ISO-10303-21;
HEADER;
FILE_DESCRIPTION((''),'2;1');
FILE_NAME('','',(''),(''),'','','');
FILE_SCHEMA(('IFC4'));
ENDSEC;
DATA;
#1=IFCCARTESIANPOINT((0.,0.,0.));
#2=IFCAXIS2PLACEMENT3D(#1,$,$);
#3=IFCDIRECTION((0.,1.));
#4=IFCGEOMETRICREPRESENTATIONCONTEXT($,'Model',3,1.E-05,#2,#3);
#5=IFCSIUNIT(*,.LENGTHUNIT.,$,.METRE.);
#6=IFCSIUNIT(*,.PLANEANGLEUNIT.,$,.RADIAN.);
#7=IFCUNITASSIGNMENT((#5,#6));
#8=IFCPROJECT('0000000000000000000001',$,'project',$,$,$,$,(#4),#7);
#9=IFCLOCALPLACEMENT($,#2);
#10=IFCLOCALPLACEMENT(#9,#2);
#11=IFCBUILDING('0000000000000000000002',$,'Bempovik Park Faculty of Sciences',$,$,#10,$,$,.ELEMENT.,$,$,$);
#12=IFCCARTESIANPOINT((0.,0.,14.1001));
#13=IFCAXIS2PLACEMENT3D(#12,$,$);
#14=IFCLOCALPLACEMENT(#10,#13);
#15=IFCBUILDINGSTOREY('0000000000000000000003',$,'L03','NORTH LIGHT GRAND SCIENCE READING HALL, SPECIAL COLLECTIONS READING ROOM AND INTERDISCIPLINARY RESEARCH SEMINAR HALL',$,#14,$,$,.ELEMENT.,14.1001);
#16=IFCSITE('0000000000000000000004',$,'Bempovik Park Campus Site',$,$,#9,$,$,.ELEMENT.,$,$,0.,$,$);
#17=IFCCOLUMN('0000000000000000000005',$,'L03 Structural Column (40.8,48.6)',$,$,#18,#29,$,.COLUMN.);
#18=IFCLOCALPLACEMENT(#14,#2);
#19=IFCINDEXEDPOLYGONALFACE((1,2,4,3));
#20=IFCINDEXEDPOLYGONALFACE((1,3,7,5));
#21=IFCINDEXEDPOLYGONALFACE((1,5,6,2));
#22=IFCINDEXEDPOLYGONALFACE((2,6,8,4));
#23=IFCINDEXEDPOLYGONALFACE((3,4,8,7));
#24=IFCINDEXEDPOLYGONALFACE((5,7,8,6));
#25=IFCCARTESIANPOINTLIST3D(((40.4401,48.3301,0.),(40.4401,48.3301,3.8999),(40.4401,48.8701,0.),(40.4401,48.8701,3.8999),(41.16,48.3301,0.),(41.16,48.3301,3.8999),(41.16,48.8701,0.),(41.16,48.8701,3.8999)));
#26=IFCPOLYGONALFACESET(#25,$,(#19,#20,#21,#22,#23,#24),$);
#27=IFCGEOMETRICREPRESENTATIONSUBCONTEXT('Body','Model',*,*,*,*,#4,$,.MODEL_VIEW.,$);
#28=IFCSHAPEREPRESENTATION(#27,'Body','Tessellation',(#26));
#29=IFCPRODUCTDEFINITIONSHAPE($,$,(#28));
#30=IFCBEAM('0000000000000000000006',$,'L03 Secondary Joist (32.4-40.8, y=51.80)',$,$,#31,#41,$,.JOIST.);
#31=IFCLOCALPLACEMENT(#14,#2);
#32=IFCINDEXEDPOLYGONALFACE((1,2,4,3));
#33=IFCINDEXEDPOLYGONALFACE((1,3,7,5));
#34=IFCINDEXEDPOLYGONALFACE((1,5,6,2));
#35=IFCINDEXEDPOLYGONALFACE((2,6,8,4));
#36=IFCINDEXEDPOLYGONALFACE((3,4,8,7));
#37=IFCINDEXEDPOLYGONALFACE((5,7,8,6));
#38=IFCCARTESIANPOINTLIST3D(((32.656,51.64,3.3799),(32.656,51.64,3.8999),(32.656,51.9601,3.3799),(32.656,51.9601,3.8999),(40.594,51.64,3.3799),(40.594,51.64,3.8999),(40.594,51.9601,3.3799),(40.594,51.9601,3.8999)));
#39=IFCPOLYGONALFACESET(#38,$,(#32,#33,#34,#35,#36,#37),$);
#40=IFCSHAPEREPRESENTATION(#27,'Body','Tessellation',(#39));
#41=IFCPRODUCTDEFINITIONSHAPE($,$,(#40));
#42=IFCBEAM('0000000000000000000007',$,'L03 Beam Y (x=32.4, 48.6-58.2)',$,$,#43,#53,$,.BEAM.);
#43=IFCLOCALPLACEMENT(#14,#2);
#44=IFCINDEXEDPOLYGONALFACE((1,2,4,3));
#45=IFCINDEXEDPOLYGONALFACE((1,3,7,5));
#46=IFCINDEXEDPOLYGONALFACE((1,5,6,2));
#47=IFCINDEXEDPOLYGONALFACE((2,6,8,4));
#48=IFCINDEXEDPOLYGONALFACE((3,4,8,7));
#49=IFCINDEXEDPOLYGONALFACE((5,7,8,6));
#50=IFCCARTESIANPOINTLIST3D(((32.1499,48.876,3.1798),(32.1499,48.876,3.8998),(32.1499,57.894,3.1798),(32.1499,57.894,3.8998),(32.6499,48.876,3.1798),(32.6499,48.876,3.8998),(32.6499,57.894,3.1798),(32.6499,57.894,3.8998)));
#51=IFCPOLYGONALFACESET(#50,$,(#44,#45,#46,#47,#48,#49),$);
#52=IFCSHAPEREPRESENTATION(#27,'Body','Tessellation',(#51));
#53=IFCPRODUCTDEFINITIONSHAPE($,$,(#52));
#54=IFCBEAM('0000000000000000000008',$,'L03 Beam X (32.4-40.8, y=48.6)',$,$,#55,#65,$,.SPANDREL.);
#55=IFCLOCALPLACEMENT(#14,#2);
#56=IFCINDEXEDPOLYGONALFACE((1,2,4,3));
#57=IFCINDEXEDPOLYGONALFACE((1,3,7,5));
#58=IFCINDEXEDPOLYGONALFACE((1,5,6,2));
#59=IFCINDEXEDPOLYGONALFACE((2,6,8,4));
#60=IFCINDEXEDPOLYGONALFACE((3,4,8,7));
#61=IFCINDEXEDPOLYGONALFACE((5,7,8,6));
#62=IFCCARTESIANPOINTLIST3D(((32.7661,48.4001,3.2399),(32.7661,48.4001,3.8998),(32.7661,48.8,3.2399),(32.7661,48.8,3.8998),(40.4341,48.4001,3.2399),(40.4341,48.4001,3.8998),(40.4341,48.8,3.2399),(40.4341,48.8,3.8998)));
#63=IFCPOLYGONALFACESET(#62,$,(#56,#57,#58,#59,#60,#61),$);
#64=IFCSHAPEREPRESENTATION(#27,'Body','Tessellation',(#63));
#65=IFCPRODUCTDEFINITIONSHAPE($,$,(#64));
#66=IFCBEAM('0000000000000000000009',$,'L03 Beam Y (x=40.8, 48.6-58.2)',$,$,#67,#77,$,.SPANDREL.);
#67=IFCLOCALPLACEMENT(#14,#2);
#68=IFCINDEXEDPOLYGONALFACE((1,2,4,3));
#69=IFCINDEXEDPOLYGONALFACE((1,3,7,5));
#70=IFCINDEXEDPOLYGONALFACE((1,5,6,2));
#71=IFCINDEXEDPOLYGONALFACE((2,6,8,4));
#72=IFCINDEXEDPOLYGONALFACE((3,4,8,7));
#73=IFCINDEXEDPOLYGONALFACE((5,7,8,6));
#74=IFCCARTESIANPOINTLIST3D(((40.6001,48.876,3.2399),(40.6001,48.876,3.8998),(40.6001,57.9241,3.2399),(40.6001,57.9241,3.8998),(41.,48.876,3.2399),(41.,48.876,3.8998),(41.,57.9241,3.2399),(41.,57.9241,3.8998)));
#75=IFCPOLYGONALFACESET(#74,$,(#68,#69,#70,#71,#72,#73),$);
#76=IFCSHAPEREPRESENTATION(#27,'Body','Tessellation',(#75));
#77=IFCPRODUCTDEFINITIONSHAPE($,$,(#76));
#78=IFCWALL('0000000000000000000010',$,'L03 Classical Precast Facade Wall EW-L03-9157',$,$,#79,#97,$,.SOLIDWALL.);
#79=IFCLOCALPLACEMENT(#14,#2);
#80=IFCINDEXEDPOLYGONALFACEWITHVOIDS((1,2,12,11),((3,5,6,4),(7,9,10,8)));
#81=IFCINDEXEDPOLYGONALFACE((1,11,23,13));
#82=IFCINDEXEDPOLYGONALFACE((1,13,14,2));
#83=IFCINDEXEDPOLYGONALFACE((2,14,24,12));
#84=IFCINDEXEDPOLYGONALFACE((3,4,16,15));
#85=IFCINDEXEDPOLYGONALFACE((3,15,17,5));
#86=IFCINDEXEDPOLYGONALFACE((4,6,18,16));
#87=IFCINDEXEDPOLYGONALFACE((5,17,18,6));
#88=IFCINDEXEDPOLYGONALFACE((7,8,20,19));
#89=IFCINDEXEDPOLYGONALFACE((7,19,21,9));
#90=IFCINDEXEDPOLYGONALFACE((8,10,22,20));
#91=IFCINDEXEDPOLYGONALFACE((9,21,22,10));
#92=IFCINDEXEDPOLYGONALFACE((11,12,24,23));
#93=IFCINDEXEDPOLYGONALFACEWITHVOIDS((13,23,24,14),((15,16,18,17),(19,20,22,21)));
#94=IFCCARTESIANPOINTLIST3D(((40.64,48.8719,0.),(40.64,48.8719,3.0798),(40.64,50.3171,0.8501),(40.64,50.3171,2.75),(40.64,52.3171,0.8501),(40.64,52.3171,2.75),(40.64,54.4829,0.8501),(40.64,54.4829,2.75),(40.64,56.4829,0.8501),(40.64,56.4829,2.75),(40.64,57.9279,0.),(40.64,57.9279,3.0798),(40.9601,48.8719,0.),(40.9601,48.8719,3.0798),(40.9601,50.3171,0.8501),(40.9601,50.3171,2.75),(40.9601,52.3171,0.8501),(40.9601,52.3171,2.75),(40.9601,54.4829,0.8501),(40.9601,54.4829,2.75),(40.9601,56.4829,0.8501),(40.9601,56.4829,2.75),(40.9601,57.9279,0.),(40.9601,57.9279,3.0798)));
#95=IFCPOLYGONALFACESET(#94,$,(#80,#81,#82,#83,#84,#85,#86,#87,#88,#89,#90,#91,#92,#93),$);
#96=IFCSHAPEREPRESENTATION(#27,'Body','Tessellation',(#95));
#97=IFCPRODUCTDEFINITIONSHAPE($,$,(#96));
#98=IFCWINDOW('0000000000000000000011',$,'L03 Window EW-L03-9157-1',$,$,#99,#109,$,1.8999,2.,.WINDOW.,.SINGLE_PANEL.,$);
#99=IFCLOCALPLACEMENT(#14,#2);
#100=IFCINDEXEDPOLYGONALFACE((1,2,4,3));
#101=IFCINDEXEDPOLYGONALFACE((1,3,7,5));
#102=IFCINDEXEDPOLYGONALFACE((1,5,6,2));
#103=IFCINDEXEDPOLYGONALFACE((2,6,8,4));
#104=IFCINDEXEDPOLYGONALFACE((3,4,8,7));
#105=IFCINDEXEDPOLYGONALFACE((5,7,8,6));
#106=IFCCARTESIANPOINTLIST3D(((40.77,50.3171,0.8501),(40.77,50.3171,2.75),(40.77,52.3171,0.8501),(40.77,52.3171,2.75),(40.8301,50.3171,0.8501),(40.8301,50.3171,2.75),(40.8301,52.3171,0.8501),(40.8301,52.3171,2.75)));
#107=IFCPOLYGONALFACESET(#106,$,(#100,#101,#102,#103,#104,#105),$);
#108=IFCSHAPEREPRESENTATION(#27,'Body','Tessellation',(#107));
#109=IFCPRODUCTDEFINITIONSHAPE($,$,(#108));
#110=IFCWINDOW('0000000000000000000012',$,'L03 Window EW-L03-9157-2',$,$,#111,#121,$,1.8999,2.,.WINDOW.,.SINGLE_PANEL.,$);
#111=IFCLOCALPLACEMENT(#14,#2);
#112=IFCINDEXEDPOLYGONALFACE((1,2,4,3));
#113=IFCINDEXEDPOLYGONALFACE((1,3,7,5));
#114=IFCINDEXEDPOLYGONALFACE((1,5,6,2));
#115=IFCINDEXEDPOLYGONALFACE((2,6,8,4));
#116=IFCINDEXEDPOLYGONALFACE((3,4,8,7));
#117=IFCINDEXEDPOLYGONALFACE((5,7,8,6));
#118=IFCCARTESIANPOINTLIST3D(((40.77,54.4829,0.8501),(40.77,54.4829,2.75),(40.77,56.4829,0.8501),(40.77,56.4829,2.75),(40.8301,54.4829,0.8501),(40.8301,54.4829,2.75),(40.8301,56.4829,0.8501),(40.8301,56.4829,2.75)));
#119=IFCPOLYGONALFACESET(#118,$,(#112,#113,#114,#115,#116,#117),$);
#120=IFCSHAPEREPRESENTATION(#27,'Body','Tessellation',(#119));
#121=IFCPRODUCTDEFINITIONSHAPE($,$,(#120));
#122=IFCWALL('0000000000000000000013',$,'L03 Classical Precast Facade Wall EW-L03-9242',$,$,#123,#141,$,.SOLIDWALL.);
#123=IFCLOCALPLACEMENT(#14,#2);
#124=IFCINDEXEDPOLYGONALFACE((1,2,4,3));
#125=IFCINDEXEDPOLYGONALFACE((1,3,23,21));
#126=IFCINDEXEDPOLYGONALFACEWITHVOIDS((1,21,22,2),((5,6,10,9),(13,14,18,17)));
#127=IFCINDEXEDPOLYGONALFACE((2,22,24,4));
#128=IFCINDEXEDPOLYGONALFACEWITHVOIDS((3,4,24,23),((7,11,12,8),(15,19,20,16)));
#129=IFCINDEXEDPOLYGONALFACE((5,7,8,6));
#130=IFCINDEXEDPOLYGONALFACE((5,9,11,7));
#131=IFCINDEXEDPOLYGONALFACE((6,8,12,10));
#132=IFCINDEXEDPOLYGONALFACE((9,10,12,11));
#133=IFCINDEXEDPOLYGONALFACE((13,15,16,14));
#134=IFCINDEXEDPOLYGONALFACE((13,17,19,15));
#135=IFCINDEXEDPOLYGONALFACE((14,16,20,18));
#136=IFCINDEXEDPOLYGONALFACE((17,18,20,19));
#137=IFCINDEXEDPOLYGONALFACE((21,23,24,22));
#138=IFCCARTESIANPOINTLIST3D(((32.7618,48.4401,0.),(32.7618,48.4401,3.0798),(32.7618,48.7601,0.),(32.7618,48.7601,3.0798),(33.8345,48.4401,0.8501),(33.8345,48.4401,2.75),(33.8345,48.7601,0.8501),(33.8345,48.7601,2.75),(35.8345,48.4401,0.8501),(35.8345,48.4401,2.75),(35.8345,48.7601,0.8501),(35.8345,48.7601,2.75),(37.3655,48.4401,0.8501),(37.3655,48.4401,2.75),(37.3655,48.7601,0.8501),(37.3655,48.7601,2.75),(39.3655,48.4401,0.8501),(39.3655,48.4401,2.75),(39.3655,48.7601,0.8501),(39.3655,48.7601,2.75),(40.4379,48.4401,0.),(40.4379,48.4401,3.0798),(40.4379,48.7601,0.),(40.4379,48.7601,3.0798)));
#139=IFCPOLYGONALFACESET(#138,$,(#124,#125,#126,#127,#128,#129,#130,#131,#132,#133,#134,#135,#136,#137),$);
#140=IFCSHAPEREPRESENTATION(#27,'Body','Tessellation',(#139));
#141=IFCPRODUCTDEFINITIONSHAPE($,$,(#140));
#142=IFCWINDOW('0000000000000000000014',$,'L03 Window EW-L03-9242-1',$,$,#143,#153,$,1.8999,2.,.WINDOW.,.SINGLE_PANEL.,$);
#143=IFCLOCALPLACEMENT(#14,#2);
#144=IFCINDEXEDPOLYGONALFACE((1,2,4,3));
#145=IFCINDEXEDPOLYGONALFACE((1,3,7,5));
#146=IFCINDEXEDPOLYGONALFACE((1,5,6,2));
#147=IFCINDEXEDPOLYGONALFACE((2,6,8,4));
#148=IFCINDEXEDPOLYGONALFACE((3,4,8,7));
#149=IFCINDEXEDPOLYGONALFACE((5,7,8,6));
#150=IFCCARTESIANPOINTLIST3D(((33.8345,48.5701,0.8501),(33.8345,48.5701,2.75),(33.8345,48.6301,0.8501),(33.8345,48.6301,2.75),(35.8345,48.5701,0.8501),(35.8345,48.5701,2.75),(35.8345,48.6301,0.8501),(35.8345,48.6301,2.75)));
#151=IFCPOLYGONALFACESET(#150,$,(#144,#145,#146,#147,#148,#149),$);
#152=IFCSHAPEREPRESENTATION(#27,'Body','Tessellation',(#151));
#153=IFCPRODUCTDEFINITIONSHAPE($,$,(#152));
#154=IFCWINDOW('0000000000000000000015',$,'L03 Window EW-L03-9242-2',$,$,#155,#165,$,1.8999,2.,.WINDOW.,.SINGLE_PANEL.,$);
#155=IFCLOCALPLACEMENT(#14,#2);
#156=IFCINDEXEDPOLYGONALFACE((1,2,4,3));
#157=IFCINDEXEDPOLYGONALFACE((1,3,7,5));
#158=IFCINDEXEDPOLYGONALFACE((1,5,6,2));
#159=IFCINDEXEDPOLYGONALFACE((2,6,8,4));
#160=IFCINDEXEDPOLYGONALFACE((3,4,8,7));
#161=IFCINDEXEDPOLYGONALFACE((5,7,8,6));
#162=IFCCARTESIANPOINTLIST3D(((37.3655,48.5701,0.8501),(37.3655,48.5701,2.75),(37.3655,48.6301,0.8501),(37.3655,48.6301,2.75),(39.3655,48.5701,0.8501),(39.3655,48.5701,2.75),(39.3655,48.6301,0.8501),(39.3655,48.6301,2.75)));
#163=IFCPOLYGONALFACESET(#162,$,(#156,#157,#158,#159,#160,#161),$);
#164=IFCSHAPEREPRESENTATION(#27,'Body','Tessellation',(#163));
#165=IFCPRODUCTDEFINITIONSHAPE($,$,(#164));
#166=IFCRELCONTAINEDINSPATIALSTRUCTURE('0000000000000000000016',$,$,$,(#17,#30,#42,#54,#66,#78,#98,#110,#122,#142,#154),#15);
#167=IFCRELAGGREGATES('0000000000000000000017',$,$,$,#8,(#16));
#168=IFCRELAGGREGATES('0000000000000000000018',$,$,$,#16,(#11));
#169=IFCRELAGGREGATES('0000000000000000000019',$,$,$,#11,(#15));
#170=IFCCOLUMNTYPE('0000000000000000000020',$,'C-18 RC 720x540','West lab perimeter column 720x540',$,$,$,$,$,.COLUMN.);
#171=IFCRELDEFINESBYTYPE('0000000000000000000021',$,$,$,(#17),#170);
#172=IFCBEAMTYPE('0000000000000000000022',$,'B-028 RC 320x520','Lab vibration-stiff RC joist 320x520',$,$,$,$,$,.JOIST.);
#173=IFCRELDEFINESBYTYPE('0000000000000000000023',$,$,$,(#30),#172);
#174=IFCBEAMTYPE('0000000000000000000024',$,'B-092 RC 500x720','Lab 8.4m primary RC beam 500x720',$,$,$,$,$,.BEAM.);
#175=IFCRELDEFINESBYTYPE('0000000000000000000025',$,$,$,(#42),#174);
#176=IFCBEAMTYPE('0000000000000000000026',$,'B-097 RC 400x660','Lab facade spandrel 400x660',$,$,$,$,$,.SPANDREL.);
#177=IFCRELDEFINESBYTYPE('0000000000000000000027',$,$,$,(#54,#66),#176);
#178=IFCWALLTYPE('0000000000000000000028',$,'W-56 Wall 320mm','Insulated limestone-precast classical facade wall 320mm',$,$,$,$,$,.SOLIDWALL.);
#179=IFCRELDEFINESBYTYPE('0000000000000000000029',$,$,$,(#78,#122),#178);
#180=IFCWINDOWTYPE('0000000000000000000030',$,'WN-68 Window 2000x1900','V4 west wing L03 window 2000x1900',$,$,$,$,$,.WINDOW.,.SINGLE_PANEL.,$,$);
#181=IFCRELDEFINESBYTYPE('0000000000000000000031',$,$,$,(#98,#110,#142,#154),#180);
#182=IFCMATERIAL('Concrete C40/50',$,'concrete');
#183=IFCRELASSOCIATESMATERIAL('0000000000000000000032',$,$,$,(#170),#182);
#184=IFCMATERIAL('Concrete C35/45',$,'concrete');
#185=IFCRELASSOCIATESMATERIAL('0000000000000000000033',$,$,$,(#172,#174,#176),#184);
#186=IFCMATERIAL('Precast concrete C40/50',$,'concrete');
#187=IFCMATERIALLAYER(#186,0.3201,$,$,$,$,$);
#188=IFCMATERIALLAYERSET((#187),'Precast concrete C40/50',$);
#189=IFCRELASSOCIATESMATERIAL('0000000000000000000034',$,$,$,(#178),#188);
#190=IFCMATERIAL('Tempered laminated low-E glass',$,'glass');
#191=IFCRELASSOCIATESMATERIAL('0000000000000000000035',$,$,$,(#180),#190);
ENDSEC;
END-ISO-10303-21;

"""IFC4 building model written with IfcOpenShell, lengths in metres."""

from ifc_helpers import new_model, si_unit, direction, frame, frame_2d, origin, origin_2d, place, context, subcontext, project, spatial, rectangle, extrude, material, layer, layer_set, material_profile, profile_set, type_object, element, fill, save


model = new_model("IFC4")

# Units and contexts
model_context = context("Model", 3, precision=1e-05, world=origin(), true_north=direction((0.0, 1.0)))
body_context = subcontext(model_context, "Body", "Model", "MODEL_VIEW")
ifc_project = project(units=[si_unit("LENGTHUNIT", "METRE"), si_unit("PLANEANGLEUNIT", "RADIAN")], contexts=[model_context])

# Site, building, storey
site_placement = place(None, origin())
site = spatial("IfcSite", under=ifc_project, at=site_placement, Name="Bempovik Park Campus Site", CompositionType="ELEMENT", RefElevation=0.0)
building_placement = place(site_placement, origin())
building = spatial("IfcBuilding", under=site, at=building_placement, Name="Bempovik Park Faculty of Sciences", CompositionType="ELEMENT")
storey_placement = place(building_placement, frame((0.0, 0.0, 14.1001)))
storey = spatial("IfcBuildingStorey", under=building, at=storey_placement, Name="L03", Description="NORTH LIGHT GRAND SCIENCE READING HALL, SPECIAL COLLECTIONS READING ROOM AND INTERDISCIPLINARY RESEARCH SEMINAR HALL", CompositionType="ELEMENT", Elevation=14.1001)

# Column
ifc_material_1 = material(Name="Concrete C40/50", Category="concrete")
ifc_material_profile_1 = material_profile(ifc_material_1, rectangle(XDim=0.72, YDim=0.54, at=origin_2d()), Name="RC 720x540")
ifc_profile_set_1 = profile_set([ifc_material_profile_1], Name="Concrete C40/50")
column_type = type_object("IfcColumnType", Name="C-18 RC 720x540", Description="West lab perimeter column 720x540", PredefinedType="COLUMN", material=ifc_profile_set_1)
column_placement = place(storey_placement, frame((40.8, 48.6001, 0.0), z_axis=(0.0, 0.0, 1.0), x_axis=(1.0, 0.0, 0.0)))
element("IfcColumn", 1, at=column_placement, inside=storey, type_object=column_type, Name="L03 Structural Column (40.8,48.6)", PredefinedType="COLUMN", context=body_context, shape_type="SweptSolid", body=[
    extrude(rectangle(XDim=0.72, YDim=0.54, at=origin_2d()), origin(), (0.0, 0.0, 1.0), 3.8999),
])

# Beams
ifc_material_2 = material(Name="Concrete C35/45", Category="concrete")
ifc_material_profile_2 = material_profile(ifc_material_2, rectangle(XDim=0.3201, YDim=0.52, at=origin_2d()), Name="RC 320x520")
ifc_profile_set_2 = profile_set([ifc_material_profile_2], Name="Concrete C35/45")
beam_type_1 = type_object("IfcBeamType", Name="B-028 RC 320x520", Description="Lab vibration-stiff RC joist 320x520", PredefinedType="JOIST", material=ifc_profile_set_2)
beam_1_placement = place(storey_placement, frame((32.656, 51.8, 3.6399), z_axis=(1.0, 0.0, 0.0), x_axis=(0.0, 1.0, 0.0)))
element("IfcBeam", 2, at=beam_1_placement, inside=storey, type_object=beam_type_1, Name="L03 Secondary Joist (32.4-40.8, y=51.80)", PredefinedType="JOIST", context=body_context, shape_type="SweptSolid", body=[
    extrude(rectangle(XDim=0.3201, YDim=0.52, at=origin_2d()), origin(), (0.0, 0.0, 1.0), 7.938),
])
ifc_material_profile_3 = material_profile(ifc_material_2, rectangle(XDim=0.5, YDim=0.72, at=origin_2d()), Name="RC 500x720")
ifc_profile_set_3 = profile_set([ifc_material_profile_3], Name="Concrete C35/45")
beam_type_2 = type_object("IfcBeamType", Name="B-092 RC 500x720", Description="Lab 8.4m primary RC beam 500x720", PredefinedType="BEAM", material=ifc_profile_set_3)
beam_2_placement = place(storey_placement, frame((32.3999, 48.876, 3.5398), z_axis=(0.0, 1.0, 0.0), x_axis=(-1.0, 0.0, 0.0)))
element("IfcBeam", 3, at=beam_2_placement, inside=storey, type_object=beam_type_2, Name="L03 Beam Y (x=32.4, 48.6-58.2)", PredefinedType="BEAM", context=body_context, shape_type="SweptSolid", body=[
    extrude(rectangle(XDim=0.5, YDim=0.72, at=origin_2d()), origin(), (0.0, 0.0, 1.0), 9.0181),
])
ifc_material_profile_4 = material_profile(ifc_material_2, rectangle(XDim=0.3999, YDim=0.6599, at=origin_2d()), Name="RC 400x660")
ifc_profile_set_4 = profile_set([ifc_material_profile_4], Name="Concrete C35/45")
beam_type_3 = type_object("IfcBeamType", Name="B-097 RC 400x660", Description="Lab facade spandrel 400x660", PredefinedType="SPANDREL", material=ifc_profile_set_4)
beam_3_placement = place(storey_placement, frame((32.7661, 48.6001, 3.5698), z_axis=(1.0, 0.0, 0.0), x_axis=(0.0, 1.0, 0.0)))
element("IfcBeam", 4, at=beam_3_placement, inside=storey, type_object=beam_type_3, Name="L03 Beam X (32.4-40.8, y=48.6)", PredefinedType="SPANDREL", context=body_context, shape_type="SweptSolid", body=[
    extrude(rectangle(XDim=0.3999, YDim=0.6599, at=origin_2d()), origin(), (0.0, 0.0, 1.0), 7.668),
])
beam_4_placement = place(storey_placement, frame((40.8, 48.876, 3.5698), z_axis=(0.0, 1.0, 0.0), x_axis=(-1.0, 0.0, 0.0)))
element("IfcBeam", 5, at=beam_4_placement, inside=storey, type_object=beam_type_3, Name="L03 Beam Y (x=40.8, 48.6-58.2)", PredefinedType="SPANDREL", context=body_context, shape_type="SweptSolid", body=[
    extrude(rectangle(XDim=0.3999, YDim=0.6599, at=origin_2d()), origin(), (0.0, 0.0, 1.0), 9.0481),
])

# Walls, openings, windows
ifc_material_3 = material(Name="Precast concrete C40/50", Category="concrete")
ifc_layer_1 = layer(ifc_material_3, 0.3201)
ifc_layer_set_1 = layer_set([ifc_layer_1], Name="Precast concrete C40/50")
wall_type_1 = type_object("IfcWallType", Name="W-56 Wall 320mm", Description="Insulated limestone-precast classical facade wall 320mm", PredefinedType="SOLIDWALL", material=ifc_layer_set_1)
wall_1_placement = place(storey_placement, frame((40.8, 48.8721, 0.0), z_axis=(0.0, 0.0, 1.0), x_axis=(0.0, 1.0, 0.0)))
wall_1 = element("IfcWall", 6, at=wall_1_placement, inside=storey, type_object=wall_type_1, Name="L03 Classical Precast Facade Wall EW-L03-9157", PredefinedType="SOLIDWALL", context=body_context, shape_type="SweptSolid", body=[
    extrude(rectangle(XDim=9.0559, YDim=0.3201, at=frame_2d((4.5278, 0.0))), origin(), (0.0, 0.0, 1.0), 3.0798),
])
opening_1_placement = place(wall_1_placement, frame((1.4451, 0.0, 0.8501)))
opening_1 = element("IfcOpeningElement", 7, at=opening_1_placement, cuts=wall_1, PredefinedType="OPENING", context=body_context, shape_type="SweptSolid", body=[
    extrude(rectangle(XDim=2.0, YDim=1.8999, at=frame_2d((1.0, 0.95))), frame((0.0, 0.1699, 0.0), z_axis=(0.0, -1.0, 0.0), x_axis=(1.0, 0.0, 0.0)), (0.0, 0.0, 1.0), 0.3401),
])
opening_2_placement = place(wall_1_placement, frame((5.6108, 0.0, 0.8501)))
opening_2 = element("IfcOpeningElement", 8, at=opening_2_placement, cuts=wall_1, PredefinedType="OPENING", context=body_context, shape_type="SweptSolid", body=[
    extrude(rectangle(XDim=2.0, YDim=1.8999, at=frame_2d((1.0, 0.95))), frame((0.0, 0.1699, 0.0), z_axis=(0.0, -1.0, 0.0), x_axis=(1.0, 0.0, 0.0)), (0.0, 0.0, 1.0), 0.3401),
])
ifc_material_4 = material(Name="Tempered laminated low-E glass", Category="glass")
window_type = type_object("IfcWindowType", Name="WN-68 Window 2000x1900", Description="V4 west wing L03 window 2000x1900", PartitioningType="SINGLE_PANEL", PredefinedType="WINDOW", material=ifc_material_4)
window_1_placement = place(opening_1_placement, origin())
window_1 = element("IfcWindow", 9, at=window_1_placement, inside=storey, type_object=window_type, Name="L03 Window EW-L03-9157-1", OverallHeight=1.8999, OverallWidth=2.0, PartitioningType="SINGLE_PANEL", PredefinedType="WINDOW", context=body_context, shape_type="SweptSolid", body=[
    extrude(rectangle(XDim=2.0, YDim=1.8999, at=frame_2d((1.0, 0.95))), frame((0.0, 0.03, 0.0), z_axis=(0.0, -1.0, 0.0), x_axis=(1.0, 0.0, 0.0)), (0.0, 0.0, 1.0), 0.0601),
])
fill(opening_1, window_1)
window_2_placement = place(opening_2_placement, origin())
window_2 = element("IfcWindow", 10, at=window_2_placement, inside=storey, type_object=window_type, Name="L03 Window EW-L03-9157-2", OverallHeight=1.8999, OverallWidth=2.0, PartitioningType="SINGLE_PANEL", PredefinedType="WINDOW", context=body_context, shape_type="SweptSolid", body=[
    extrude(rectangle(XDim=2.0, YDim=1.8999, at=frame_2d((1.0, 0.95))), frame((0.0, 0.03, 0.0), z_axis=(0.0, -1.0, 0.0), x_axis=(1.0, 0.0, 0.0)), (0.0, 0.0, 1.0), 0.0601),
])
fill(opening_2, window_2)
wall_2_placement = place(storey_placement, frame((32.762, 48.6001, 0.0), z_axis=(0.0, 0.0, 1.0), x_axis=(1.0, 0.0, 0.0)))
wall_2 = element("IfcWall", 11, at=wall_2_placement, inside=storey, type_object=wall_type_1, Name="L03 Classical Precast Facade Wall EW-L03-9242", PredefinedType="SOLIDWALL", context=body_context, shape_type="SweptSolid", body=[
    extrude(rectangle(XDim=7.676, YDim=0.3201, at=frame_2d((3.8379, 0.0))), origin(), (0.0, 0.0, 1.0), 3.0798),
])
opening_3_placement = place(wall_2_placement, frame((1.0725, 0.0, 0.8501)))
opening_3 = element("IfcOpeningElement", 12, at=opening_3_placement, cuts=wall_2, PredefinedType="OPENING", context=body_context, shape_type="SweptSolid", body=[
    extrude(rectangle(XDim=2.0, YDim=1.8999, at=frame_2d((1.0, 0.95))), frame((0.0, 0.1699, 0.0), z_axis=(0.0, -1.0, 0.0), x_axis=(1.0, 0.0, 0.0)), (0.0, 0.0, 1.0), 0.3401),
])
opening_4_placement = place(wall_2_placement, frame((4.6035, 0.0, 0.8501)))
opening_4 = element("IfcOpeningElement", 13, at=opening_4_placement, cuts=wall_2, PredefinedType="OPENING", context=body_context, shape_type="SweptSolid", body=[
    extrude(rectangle(XDim=2.0, YDim=1.8999, at=frame_2d((1.0, 0.95))), frame((0.0, 0.1699, 0.0), z_axis=(0.0, -1.0, 0.0), x_axis=(1.0, 0.0, 0.0)), (0.0, 0.0, 1.0), 0.3401),
])
window_3_placement = place(opening_3_placement, origin())
window_3 = element("IfcWindow", 14, at=window_3_placement, inside=storey, type_object=window_type, Name="L03 Window EW-L03-9242-1", OverallHeight=1.8999, OverallWidth=2.0, PartitioningType="SINGLE_PANEL", PredefinedType="WINDOW", context=body_context, shape_type="SweptSolid", body=[
    extrude(rectangle(XDim=2.0, YDim=1.8999, at=frame_2d((1.0, 0.95))), frame((0.0, 0.03, 0.0), z_axis=(0.0, -1.0, 0.0), x_axis=(1.0, 0.0, 0.0)), (0.0, 0.0, 1.0), 0.0601),
])
fill(opening_3, window_3)
window_4_placement = place(opening_4_placement, origin())
window_4 = element("IfcWindow", 15, at=window_4_placement, inside=storey, type_object=window_type, Name="L03 Window EW-L03-9242-2", OverallHeight=1.8999, OverallWidth=2.0, PartitioningType="SINGLE_PANEL", PredefinedType="WINDOW", context=body_context, shape_type="SweptSolid", body=[
    extrude(rectangle(XDim=2.0, YDim=1.8999, at=frame_2d((1.0, 0.95))), frame((0.0, 0.03, 0.0), z_axis=(0.0, -1.0, 0.0), x_axis=(1.0, 0.0, 0.0)), (0.0, 0.0, 1.0), 0.0601),
])
fill(opening_4, window_4)

save(model, "model.ifc")
